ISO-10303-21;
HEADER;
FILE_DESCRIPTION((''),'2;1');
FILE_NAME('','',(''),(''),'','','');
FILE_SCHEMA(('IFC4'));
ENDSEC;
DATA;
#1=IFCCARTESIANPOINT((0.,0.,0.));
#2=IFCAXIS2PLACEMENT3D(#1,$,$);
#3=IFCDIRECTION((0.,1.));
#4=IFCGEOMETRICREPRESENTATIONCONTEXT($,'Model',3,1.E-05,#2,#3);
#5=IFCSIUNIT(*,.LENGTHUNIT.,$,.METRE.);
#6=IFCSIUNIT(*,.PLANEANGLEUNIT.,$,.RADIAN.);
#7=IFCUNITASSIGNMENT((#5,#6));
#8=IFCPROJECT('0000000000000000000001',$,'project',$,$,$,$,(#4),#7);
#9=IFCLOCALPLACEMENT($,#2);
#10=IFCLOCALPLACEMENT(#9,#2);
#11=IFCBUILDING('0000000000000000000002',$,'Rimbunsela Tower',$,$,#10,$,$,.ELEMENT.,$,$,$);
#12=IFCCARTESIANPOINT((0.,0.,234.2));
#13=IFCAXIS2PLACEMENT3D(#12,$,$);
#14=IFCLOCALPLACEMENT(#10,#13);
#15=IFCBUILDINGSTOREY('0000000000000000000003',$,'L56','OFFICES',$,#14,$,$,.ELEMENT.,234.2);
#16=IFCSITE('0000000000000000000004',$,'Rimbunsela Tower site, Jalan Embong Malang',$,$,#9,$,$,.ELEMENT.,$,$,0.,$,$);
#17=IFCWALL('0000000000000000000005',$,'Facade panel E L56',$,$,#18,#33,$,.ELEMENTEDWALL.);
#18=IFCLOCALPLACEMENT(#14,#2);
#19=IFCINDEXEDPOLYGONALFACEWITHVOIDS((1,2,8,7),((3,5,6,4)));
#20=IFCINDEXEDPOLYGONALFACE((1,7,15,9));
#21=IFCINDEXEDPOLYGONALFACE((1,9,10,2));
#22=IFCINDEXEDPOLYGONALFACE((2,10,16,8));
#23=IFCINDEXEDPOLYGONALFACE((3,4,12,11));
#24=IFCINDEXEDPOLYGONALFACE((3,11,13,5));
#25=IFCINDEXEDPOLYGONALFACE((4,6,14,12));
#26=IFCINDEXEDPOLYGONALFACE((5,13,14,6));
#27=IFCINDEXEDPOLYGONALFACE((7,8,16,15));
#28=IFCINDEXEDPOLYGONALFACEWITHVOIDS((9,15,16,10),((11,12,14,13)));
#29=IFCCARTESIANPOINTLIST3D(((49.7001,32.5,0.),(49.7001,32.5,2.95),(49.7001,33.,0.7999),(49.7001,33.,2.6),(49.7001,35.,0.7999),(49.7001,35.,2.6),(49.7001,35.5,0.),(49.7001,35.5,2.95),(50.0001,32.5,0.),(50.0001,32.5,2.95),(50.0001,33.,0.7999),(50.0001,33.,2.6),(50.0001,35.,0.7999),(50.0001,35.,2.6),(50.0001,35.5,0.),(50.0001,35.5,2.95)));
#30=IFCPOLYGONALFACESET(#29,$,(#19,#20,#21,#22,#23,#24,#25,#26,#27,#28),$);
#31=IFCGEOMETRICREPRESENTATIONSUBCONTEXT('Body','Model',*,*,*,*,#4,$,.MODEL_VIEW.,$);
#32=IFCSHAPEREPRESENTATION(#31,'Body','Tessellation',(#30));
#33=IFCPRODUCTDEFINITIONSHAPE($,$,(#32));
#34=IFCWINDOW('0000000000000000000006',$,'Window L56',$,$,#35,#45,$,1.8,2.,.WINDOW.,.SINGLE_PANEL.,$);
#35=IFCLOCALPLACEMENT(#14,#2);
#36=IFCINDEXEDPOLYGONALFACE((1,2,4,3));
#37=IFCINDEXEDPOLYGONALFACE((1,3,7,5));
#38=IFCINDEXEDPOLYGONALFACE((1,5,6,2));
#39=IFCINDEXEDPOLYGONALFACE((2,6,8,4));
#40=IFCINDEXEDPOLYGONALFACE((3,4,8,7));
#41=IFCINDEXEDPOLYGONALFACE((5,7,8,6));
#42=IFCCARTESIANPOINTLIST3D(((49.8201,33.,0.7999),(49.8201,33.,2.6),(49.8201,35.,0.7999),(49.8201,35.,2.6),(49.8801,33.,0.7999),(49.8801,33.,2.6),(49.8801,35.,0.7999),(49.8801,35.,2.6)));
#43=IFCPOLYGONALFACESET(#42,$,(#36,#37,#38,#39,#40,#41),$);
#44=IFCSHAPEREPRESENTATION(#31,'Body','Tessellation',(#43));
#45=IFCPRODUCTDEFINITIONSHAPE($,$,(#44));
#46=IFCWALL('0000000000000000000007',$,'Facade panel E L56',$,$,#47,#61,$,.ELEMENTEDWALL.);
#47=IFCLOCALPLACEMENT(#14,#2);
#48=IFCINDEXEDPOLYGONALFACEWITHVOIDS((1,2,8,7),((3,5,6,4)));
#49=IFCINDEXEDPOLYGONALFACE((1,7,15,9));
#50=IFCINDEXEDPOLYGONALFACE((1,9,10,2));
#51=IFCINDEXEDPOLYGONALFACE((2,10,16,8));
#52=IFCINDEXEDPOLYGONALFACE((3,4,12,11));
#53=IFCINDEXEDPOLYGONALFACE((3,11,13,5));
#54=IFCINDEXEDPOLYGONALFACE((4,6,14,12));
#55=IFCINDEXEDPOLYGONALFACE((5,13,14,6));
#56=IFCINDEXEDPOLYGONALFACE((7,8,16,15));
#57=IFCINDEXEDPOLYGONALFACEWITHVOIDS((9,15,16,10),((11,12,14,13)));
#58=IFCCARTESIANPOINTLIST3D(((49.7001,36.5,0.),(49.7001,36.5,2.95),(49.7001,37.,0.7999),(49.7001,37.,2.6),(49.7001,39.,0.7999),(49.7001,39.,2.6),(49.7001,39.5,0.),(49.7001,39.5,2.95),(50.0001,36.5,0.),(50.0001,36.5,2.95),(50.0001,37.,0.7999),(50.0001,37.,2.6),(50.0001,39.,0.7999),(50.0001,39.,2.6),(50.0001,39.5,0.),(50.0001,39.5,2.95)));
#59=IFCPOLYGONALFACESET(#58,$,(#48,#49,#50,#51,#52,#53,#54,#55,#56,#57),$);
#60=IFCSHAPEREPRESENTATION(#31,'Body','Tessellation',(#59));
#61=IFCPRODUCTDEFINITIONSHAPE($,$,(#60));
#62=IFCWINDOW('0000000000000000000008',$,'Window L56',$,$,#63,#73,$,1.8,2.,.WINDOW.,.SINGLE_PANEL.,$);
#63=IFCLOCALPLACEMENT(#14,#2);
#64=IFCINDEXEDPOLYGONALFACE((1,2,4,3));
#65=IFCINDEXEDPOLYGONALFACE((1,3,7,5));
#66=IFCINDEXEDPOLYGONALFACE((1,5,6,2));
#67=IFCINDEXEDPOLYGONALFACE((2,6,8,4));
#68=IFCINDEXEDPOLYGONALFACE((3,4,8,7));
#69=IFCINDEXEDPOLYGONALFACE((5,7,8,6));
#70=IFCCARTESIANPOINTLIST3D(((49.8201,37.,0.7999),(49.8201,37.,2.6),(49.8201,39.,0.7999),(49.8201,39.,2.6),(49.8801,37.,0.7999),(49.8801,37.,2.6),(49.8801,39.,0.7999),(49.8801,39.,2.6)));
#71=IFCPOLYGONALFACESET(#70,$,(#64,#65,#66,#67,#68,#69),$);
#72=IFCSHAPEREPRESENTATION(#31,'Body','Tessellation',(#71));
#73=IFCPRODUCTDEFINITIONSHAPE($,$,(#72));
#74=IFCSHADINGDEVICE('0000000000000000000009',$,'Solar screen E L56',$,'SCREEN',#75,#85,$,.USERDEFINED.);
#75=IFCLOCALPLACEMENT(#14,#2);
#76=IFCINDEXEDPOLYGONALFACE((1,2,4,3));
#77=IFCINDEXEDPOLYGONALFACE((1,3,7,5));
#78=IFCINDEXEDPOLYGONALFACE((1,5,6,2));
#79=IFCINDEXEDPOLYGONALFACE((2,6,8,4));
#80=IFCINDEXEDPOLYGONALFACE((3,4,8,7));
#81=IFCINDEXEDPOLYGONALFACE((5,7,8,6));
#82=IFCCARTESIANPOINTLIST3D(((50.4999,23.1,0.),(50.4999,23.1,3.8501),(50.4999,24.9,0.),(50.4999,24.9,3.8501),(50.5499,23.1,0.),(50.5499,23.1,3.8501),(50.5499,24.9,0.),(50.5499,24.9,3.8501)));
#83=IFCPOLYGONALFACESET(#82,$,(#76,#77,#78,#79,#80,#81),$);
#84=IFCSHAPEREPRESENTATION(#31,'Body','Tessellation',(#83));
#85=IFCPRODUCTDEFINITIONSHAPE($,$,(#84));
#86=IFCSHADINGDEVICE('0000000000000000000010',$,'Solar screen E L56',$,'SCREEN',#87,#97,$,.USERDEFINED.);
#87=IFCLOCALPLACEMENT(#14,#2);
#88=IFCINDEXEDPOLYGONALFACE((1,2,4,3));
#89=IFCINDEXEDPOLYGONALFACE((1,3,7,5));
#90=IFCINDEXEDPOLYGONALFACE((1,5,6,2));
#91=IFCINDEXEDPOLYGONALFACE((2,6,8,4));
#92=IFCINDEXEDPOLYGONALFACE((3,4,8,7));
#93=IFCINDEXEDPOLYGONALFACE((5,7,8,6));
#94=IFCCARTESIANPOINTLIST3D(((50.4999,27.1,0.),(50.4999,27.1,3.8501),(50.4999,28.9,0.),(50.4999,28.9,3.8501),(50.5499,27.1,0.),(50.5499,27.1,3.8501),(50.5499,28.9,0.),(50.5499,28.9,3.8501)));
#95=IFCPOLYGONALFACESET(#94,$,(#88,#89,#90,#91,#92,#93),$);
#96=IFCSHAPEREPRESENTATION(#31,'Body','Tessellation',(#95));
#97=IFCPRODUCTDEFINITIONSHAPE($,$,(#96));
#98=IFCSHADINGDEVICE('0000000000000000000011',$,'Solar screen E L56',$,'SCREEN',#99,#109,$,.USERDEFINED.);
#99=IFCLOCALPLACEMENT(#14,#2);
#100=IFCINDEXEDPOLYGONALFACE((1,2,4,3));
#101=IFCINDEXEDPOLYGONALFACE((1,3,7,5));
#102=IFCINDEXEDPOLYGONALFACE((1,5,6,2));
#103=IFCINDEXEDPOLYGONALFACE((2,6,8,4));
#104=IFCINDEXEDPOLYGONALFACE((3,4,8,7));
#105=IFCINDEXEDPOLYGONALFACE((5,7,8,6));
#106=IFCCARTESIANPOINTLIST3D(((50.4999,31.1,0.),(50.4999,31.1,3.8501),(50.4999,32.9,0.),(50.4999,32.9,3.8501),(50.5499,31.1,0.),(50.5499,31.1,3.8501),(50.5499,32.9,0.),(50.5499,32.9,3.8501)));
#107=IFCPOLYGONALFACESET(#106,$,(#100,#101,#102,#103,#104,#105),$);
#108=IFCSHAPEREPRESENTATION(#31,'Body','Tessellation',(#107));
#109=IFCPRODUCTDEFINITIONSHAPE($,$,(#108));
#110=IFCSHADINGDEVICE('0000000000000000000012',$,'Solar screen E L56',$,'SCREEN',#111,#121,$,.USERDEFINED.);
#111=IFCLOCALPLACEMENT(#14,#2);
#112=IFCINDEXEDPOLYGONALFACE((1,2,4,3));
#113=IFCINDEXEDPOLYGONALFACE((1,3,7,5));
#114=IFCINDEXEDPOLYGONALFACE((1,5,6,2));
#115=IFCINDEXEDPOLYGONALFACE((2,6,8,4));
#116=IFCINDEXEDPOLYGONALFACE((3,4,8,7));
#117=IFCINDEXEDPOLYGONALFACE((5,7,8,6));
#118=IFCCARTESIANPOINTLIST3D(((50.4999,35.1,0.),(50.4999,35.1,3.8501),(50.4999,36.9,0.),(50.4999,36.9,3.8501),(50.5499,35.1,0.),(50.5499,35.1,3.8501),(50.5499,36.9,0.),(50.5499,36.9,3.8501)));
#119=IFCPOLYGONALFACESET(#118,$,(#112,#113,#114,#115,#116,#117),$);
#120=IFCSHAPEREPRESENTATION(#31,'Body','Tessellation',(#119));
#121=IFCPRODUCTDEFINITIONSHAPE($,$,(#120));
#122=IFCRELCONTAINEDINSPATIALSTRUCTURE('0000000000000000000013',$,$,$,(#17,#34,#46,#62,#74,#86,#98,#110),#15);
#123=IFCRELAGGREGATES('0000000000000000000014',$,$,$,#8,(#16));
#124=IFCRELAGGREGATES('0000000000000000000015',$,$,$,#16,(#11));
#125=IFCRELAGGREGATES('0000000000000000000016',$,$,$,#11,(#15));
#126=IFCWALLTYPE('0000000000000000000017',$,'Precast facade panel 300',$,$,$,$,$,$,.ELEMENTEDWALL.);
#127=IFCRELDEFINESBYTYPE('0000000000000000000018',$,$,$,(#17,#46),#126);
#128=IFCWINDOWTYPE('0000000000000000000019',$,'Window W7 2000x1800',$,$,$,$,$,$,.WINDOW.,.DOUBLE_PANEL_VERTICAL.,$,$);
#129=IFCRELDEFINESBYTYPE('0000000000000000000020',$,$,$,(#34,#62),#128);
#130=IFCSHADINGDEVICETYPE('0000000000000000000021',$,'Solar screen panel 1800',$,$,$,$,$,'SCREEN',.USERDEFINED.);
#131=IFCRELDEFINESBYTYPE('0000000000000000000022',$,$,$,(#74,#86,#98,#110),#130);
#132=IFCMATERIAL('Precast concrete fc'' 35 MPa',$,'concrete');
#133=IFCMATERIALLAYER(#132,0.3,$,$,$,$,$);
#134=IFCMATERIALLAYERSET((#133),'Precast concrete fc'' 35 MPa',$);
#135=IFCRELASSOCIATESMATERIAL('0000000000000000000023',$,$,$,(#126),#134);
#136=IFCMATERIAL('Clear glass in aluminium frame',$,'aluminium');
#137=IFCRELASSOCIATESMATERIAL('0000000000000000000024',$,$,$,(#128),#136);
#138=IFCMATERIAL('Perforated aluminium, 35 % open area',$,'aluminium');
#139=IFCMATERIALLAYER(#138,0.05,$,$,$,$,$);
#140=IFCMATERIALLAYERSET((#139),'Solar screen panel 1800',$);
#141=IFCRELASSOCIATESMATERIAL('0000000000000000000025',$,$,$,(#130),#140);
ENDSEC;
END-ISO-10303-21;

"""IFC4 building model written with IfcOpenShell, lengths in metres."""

from ifc_helpers import new_model, si_unit, direction, frame, frame_2d, origin, origin_2d, place, context, subcontext, project, spatial, rectangle, extrude, material, layer, layer_set, type_object, element, fill, save


model = new_model("IFC4")

# Units and contexts
model_context = context("Model", 3, precision=1e-05, world=origin(), true_north=direction((0.0, 1.0)))
body_context = subcontext(model_context, "Body", "Model", "MODEL_VIEW")
ifc_project = project(units=[si_unit("LENGTHUNIT", "METRE"), si_unit("PLANEANGLEUNIT", "RADIAN")], contexts=[model_context])

# Site, building, storey
site_placement = place(None, origin())
site = spatial("IfcSite", under=ifc_project, at=site_placement, Name="Rimbunsela Tower site, Jalan Embong Malang", CompositionType="ELEMENT", RefElevation=0.0)
building_placement = place(site_placement, origin())
building = spatial("IfcBuilding", under=site, at=building_placement, Name="Rimbunsela Tower", CompositionType="ELEMENT")
storey_placement = place(building_placement, frame((0.0, 0.0, 234.2)))
storey = spatial("IfcBuildingStorey", under=building, at=storey_placement, Name="L56", Description="OFFICES", CompositionType="ELEMENT", Elevation=234.2)

# Walls, openings, windows
ifc_material_1 = material(Name="Precast concrete fc' 35 MPa", Category="concrete")
ifc_layer_1 = layer(ifc_material_1, 0.3)
ifc_layer_set_1 = layer_set([ifc_layer_1], Name="Precast concrete fc' 35 MPa")
wall_type_1 = type_object("IfcWallType", Name="Precast facade panel 300", PredefinedType="ELEMENTEDWALL", material=ifc_layer_set_1)
ifc_material_2 = material(Name="Clear glass in aluminium frame", Category="aluminium")
window_type = type_object("IfcWindowType", Name="Window W7 2000x1800", PartitioningType="DOUBLE_PANEL_VERTICAL", PredefinedType="WINDOW", material=ifc_material_2)
wall_1_placement = place(storey_placement, frame((49.8501, 32.5, 0.0), z_axis=(0.0, 0.0, 1.0), x_axis=(0.0, 1.0, 0.0)))
wall_1 = element("IfcWall", 1, at=wall_1_placement, inside=storey, type_object=wall_type_1, Name="Facade panel E L56", PredefinedType="ELEMENTEDWALL", context=body_context, shape_type="SweptSolid", body=[
    extrude(rectangle(XDim=3.0, YDim=0.3, at=frame_2d((1.5, 0.0))), origin(), (0.0, 0.0, 1.0), 2.95),
])
opening_1_placement = place(wall_1_placement, frame((0.5, 0.0, 0.8)))
opening_1 = element("IfcOpeningElement", 2, at=opening_1_placement, cuts=wall_1, PredefinedType="OPENING", context=body_context, shape_type="SweptSolid", body=[
    extrude(rectangle(XDim=2.0, YDim=1.8, at=frame_2d((1.0, 0.8999))), frame((0.0, 0.1599, 0.0), z_axis=(0.0, -1.0, 0.0), x_axis=(1.0, 0.0, 0.0)), (0.0, 0.0, 1.0), 0.3201),
])
window_1_placement = place(opening_1_placement, origin())
window_1 = element("IfcWindow", 3, at=window_1_placement, inside=storey, type_object=window_type, Name="Window L56", OverallHeight=1.8, OverallWidth=2.0, PartitioningType="SINGLE_PANEL", PredefinedType="WINDOW", context=body_context, shape_type="SweptSolid", body=[
    extrude(rectangle(XDim=2.0, YDim=1.8, at=frame_2d((1.0, 0.8999))), frame((0.0, 0.03, 0.0), z_axis=(0.0, -1.0, 0.0), x_axis=(1.0, 0.0, 0.0)), (0.0, 0.0, 1.0), 0.0601),
])
fill(opening_1, window_1)
wall_2_placement = place(storey_placement, frame((49.8501, 36.5, 0.0), z_axis=(0.0, 0.0, 1.0), x_axis=(0.0, 1.0, 0.0)))
wall_2 = element("IfcWall", 4, at=wall_2_placement, inside=storey, type_object=wall_type_1, Name="Facade panel E L56", PredefinedType="ELEMENTEDWALL", context=body_context, shape_type="SweptSolid", body=[
    extrude(rectangle(XDim=3.0, YDim=0.3, at=frame_2d((1.5, 0.0))), origin(), (0.0, 0.0, 1.0), 2.95),
])
opening_2_placement = place(wall_2_placement, frame((0.5, 0.0, 0.8)))
opening_2 = element("IfcOpeningElement", 5, at=opening_2_placement, cuts=wall_2, PredefinedType="OPENING", context=body_context, shape_type="SweptSolid", body=[
    extrude(rectangle(XDim=2.0, YDim=1.8, at=frame_2d((1.0, 0.8999))), frame((0.0, 0.1599, 0.0), z_axis=(0.0, -1.0, 0.0), x_axis=(1.0, 0.0, 0.0)), (0.0, 0.0, 1.0), 0.3201),
])
window_2_placement = place(opening_2_placement, origin())
window_2 = element("IfcWindow", 6, at=window_2_placement, inside=storey, type_object=window_type, Name="Window L56", OverallHeight=1.8, OverallWidth=2.0, PartitioningType="SINGLE_PANEL", PredefinedType="WINDOW", context=body_context, shape_type="SweptSolid", body=[
    extrude(rectangle(XDim=2.0, YDim=1.8, at=frame_2d((1.0, 0.8999))), frame((0.0, 0.03, 0.0), z_axis=(0.0, -1.0, 0.0), x_axis=(1.0, 0.0, 0.0)), (0.0, 0.0, 1.0), 0.0601),
])
fill(opening_2, window_2)

# Shading devices
ifc_material_3 = material(Name="Perforated aluminium, 35 % open area", Category="aluminium")
ifc_layer_2 = layer(ifc_material_3, 0.05)
ifc_layer_set_2 = layer_set([ifc_layer_2], Name="Solar screen panel 1800")
shading_device_type = type_object("IfcShadingDeviceType", Name="Solar screen panel 1800", ElementType="SCREEN", PredefinedType="USERDEFINED", material=ifc_layer_set_2)
for number, where, z_axis, x_axis, name in (
    (7, (50.5249, 24.0, 0.0), (0.0, 0.0, 1.0), (0.0, 1.0, 0.0), "Solar screen E L56"),
    (8, (50.5249, 28.0, 0.0), (0.0, 0.0, 1.0), (0.0, 1.0, 0.0), "Solar screen E L56"),
    (9, (50.5249, 32.0, 0.0), (0.0, 0.0, 1.0), (0.0, 1.0, 0.0), "Solar screen E L56"),
    (10, (50.5249, 36.0, 0.0), (0.0, 0.0, 1.0), (0.0, 1.0, 0.0), "Solar screen E L56"),
):
    element("IfcShadingDevice", number, at=place(storey_placement, frame(where, z_axis=z_axis, x_axis=x_axis)), inside=storey, type_object=shading_device_type, Name=name, ObjectType="SCREEN", PredefinedType="USERDEFINED", context=body_context, shape_type="SweptSolid", body=[
        extrude(rectangle(XDim=1.8, YDim=0.05, at=origin_2d()), origin(), (0.0, 0.0, 1.0), 3.8501),
    ])

save(model, "model.ifc")
